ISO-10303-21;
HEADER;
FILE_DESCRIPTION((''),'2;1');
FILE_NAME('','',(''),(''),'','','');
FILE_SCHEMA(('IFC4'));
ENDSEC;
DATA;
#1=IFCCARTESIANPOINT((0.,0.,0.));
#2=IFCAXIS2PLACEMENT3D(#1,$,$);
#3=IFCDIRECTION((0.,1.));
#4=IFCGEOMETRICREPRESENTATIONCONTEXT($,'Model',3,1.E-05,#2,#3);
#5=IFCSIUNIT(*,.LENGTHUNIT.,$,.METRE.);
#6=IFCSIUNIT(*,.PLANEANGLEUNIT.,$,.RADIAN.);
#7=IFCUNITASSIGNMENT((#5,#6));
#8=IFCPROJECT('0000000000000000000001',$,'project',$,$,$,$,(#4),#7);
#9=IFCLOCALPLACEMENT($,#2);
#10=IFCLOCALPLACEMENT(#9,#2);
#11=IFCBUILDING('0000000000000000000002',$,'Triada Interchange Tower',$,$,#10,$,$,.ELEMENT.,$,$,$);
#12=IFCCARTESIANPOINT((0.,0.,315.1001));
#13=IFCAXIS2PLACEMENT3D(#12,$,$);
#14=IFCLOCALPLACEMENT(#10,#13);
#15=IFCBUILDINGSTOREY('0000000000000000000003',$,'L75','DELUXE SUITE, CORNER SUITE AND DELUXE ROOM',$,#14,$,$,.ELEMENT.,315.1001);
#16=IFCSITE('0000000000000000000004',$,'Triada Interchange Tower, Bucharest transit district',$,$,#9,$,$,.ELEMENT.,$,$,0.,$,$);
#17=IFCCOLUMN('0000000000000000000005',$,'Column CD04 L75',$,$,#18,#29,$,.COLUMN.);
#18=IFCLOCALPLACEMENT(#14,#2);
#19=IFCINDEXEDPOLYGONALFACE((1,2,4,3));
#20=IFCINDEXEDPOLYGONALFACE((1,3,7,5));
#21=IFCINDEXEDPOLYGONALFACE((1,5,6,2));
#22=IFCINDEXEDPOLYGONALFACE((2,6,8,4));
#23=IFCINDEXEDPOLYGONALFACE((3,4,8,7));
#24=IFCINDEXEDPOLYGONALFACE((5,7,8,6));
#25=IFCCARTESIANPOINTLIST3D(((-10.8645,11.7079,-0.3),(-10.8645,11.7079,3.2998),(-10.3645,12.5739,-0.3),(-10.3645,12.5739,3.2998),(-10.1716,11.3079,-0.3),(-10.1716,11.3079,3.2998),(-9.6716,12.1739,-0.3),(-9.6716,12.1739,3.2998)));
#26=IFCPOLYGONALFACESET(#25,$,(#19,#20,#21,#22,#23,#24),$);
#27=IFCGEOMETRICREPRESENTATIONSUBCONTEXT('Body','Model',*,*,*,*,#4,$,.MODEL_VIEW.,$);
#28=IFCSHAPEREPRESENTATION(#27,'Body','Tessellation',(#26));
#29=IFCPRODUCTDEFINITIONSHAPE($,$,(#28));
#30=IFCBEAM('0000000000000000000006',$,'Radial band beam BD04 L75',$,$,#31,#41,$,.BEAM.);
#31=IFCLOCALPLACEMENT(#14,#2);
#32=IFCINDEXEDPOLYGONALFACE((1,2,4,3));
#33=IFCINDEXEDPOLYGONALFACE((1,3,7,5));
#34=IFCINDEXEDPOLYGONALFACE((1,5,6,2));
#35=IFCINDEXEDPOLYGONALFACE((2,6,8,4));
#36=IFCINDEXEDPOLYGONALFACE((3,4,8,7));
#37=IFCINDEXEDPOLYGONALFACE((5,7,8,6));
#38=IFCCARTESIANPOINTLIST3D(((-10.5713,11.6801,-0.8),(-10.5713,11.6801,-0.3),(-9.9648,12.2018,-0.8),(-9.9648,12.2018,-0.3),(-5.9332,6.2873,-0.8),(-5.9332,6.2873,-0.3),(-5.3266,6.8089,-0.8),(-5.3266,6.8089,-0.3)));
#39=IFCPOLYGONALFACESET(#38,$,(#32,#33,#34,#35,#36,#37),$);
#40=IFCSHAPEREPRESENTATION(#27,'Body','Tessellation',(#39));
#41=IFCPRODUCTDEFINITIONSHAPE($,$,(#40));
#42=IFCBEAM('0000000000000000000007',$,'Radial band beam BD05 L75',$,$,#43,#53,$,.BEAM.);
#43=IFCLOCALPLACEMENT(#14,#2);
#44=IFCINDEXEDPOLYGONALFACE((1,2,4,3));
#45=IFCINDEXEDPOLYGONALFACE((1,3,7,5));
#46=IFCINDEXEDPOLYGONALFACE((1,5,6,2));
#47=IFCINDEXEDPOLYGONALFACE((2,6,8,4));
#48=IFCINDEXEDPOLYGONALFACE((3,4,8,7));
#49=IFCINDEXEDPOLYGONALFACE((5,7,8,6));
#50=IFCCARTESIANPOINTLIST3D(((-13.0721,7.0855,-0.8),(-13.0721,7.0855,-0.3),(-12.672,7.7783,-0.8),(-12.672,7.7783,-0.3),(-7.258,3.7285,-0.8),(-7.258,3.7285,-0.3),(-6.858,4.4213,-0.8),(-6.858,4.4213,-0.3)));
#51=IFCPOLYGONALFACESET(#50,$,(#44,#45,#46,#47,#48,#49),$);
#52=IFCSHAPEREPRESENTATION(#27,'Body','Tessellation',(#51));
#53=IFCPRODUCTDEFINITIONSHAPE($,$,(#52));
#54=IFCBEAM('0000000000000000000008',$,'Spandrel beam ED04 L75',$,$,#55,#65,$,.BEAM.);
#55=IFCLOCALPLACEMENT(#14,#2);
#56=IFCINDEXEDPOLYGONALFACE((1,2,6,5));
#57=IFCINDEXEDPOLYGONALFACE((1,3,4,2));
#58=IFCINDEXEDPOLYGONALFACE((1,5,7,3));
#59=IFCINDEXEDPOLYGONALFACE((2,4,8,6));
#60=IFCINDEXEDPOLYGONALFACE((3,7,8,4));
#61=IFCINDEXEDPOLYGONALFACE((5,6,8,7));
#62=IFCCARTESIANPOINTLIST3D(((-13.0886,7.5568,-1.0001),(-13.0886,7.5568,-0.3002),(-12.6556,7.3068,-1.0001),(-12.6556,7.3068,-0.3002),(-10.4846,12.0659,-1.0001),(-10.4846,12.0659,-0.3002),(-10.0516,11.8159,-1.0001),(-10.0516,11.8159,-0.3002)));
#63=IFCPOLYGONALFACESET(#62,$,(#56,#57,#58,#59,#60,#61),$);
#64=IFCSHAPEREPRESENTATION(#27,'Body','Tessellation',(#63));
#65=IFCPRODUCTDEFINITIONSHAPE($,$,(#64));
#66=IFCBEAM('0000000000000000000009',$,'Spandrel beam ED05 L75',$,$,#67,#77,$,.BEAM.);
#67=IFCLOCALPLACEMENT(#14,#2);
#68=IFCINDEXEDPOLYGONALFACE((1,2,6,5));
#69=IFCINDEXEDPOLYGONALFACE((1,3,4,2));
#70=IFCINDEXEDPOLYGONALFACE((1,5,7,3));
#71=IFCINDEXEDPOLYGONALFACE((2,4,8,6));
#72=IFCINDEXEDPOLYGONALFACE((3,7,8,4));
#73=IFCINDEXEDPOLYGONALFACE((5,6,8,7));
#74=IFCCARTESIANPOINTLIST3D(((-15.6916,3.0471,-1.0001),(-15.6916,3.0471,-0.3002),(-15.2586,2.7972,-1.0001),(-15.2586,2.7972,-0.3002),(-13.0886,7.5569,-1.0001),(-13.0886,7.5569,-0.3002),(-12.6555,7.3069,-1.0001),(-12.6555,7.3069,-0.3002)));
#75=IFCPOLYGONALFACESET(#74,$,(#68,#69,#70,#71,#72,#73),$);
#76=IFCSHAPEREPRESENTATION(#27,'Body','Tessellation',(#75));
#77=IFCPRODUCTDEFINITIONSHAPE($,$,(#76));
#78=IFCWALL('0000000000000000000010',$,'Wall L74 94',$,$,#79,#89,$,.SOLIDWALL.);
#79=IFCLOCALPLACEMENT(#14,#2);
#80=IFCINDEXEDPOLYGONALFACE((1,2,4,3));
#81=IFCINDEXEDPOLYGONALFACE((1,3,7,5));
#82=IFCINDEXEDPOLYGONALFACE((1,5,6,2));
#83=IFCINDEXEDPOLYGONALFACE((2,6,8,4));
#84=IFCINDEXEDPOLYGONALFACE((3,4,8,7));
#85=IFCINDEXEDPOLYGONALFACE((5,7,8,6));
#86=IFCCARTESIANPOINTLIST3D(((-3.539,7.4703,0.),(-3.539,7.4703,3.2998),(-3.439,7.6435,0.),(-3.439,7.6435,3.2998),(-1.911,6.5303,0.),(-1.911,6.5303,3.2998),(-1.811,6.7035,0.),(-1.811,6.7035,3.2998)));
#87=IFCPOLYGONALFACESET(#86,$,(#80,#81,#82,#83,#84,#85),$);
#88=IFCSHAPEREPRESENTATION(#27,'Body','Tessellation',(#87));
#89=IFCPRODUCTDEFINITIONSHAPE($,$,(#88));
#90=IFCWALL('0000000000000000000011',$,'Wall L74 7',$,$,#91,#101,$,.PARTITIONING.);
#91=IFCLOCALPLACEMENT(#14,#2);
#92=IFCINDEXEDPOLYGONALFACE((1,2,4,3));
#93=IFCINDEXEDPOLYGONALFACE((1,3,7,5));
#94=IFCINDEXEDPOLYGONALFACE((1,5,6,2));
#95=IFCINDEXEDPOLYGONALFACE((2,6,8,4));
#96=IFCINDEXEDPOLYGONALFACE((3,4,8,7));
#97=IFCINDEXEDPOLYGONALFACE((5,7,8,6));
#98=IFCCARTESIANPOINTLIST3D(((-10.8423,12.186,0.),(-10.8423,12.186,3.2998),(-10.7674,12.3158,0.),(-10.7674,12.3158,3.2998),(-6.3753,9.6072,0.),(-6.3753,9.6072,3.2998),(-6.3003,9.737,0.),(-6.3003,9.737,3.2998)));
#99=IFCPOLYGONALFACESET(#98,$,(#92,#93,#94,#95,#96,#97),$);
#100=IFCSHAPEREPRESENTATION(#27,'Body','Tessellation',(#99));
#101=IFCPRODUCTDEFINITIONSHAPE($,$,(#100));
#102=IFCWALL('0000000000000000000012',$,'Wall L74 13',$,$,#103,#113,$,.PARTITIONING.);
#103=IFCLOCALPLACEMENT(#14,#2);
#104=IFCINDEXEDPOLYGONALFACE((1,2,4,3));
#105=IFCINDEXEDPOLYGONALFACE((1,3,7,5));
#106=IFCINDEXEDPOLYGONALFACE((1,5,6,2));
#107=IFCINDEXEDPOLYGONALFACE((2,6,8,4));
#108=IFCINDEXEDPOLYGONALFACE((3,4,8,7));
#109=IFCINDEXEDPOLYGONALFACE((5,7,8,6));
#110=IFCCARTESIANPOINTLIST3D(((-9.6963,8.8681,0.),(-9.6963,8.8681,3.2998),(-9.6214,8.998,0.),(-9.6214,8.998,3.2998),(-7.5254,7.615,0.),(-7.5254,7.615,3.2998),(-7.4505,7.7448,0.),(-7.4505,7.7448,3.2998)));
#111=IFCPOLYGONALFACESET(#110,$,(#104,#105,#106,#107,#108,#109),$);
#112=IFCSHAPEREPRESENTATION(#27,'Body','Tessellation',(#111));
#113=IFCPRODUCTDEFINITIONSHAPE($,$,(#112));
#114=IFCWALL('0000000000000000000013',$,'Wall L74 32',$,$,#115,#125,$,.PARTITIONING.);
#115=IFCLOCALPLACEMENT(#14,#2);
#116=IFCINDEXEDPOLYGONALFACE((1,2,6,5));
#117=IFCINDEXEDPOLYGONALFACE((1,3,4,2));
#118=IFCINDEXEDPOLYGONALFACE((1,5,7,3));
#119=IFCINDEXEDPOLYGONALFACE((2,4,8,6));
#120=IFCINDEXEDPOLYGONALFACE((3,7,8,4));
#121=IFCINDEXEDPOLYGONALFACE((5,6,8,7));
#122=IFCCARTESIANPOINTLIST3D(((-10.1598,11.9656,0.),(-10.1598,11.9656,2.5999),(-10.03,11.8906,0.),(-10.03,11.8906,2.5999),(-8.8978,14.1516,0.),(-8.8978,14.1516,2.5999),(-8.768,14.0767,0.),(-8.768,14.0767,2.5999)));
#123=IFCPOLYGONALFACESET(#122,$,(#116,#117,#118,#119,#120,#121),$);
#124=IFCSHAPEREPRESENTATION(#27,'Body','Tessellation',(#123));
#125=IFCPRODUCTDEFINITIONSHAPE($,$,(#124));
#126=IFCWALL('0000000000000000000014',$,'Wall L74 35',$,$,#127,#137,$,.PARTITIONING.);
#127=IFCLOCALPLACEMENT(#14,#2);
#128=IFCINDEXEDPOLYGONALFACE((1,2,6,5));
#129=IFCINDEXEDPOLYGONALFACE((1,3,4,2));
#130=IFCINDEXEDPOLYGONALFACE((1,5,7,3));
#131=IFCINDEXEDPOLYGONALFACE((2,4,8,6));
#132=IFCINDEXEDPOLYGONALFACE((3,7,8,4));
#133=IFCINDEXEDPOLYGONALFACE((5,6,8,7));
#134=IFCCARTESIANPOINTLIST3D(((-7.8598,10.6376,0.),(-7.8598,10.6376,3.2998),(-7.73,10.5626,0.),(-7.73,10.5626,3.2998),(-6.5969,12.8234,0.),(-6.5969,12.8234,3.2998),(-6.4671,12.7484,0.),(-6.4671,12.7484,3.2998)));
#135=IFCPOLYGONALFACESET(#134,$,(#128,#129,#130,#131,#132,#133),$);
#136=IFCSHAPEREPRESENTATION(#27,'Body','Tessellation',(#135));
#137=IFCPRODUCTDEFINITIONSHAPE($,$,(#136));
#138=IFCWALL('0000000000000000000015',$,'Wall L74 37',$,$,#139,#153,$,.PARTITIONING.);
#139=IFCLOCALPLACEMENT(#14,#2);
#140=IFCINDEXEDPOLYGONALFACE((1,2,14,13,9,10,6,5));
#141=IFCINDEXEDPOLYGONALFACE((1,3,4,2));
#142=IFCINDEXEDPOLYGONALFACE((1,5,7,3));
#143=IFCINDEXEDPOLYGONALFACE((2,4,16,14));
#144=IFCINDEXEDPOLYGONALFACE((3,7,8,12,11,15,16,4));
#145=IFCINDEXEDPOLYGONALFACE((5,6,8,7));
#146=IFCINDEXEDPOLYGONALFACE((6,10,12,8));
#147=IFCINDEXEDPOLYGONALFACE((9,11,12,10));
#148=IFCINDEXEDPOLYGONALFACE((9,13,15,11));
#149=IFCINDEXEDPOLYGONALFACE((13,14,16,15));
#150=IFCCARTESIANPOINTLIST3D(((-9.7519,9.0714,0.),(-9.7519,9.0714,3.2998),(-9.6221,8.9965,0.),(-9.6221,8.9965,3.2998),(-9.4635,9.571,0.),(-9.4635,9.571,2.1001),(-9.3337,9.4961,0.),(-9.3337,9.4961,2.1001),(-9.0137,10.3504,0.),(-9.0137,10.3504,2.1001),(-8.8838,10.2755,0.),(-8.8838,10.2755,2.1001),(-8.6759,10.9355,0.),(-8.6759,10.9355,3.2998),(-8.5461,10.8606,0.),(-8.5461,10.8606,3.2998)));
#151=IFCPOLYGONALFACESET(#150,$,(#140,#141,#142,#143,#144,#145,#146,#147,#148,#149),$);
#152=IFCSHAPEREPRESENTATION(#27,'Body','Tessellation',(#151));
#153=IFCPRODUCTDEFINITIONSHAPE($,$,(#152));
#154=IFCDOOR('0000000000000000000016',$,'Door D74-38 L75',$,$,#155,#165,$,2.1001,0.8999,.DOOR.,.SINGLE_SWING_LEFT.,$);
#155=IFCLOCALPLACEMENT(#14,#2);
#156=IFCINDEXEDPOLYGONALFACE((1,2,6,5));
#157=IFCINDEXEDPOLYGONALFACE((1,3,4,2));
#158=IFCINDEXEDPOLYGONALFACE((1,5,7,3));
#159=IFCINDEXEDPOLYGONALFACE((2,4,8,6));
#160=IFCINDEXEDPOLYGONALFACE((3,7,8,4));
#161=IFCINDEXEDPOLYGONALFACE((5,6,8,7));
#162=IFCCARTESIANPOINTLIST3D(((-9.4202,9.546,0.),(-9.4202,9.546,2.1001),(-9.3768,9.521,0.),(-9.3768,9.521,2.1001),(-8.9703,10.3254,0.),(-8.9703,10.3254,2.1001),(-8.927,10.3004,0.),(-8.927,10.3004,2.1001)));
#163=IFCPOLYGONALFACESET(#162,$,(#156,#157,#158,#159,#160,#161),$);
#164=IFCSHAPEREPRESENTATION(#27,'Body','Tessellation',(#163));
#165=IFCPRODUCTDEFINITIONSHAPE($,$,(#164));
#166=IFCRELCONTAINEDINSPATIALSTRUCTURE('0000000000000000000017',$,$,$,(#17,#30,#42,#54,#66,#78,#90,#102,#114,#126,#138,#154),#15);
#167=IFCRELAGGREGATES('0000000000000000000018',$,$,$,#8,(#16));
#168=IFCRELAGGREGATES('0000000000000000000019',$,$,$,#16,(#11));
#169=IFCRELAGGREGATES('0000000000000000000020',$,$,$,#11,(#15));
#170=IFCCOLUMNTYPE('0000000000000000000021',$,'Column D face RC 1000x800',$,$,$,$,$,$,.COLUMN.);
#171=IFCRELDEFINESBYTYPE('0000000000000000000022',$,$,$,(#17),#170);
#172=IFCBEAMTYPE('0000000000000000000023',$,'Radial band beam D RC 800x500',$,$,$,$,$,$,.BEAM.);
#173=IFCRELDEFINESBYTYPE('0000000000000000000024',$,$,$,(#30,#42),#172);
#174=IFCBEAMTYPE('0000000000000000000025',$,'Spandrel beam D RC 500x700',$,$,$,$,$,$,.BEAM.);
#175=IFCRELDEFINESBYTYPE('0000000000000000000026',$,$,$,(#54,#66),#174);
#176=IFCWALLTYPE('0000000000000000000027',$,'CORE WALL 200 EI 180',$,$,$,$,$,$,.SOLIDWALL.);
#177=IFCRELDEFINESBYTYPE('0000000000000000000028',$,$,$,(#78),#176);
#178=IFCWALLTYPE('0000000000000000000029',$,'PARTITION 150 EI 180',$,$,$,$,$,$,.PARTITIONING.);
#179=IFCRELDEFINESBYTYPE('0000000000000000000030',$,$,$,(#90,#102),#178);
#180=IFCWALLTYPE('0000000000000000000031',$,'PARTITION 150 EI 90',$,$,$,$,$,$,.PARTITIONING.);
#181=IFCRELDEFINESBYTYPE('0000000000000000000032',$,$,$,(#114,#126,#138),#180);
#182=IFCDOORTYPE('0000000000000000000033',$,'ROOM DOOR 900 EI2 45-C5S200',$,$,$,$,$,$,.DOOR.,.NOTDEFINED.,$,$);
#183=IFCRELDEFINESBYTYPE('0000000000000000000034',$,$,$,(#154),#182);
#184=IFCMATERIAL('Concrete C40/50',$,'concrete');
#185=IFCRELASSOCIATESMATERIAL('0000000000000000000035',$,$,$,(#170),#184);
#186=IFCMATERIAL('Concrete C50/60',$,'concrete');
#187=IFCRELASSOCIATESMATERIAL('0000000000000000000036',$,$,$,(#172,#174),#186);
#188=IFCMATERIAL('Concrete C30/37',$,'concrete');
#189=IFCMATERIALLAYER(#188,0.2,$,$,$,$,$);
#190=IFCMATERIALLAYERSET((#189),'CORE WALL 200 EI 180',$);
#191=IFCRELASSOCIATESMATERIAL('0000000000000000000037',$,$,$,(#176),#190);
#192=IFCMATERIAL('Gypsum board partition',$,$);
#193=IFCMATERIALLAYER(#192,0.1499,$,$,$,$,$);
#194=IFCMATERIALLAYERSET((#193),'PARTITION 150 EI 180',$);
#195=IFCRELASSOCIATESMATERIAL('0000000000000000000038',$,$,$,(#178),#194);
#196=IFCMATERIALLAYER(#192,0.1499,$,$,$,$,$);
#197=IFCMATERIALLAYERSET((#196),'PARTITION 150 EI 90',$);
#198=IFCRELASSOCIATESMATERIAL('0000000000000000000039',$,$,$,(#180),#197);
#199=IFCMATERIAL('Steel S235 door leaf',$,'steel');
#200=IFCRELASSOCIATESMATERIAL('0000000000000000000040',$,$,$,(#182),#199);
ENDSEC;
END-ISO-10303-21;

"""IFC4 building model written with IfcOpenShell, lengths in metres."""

from ifc_helpers import new_model, si_unit, direction, frame, frame_2d, origin, origin_2d, place, context, subcontext, project, spatial, rectangle, extrude, material, layer, layer_set, material_profile, profile_set, type_object, element, fill, save


model = new_model("IFC4")

# Units and contexts
model_context = context("Model", 3, precision=1e-05, world=origin(), true_north=direction((0.0, 1.0)))
body_context = subcontext(model_context, "Body", "Model", "MODEL_VIEW")
ifc_project = project(units=[si_unit("LENGTHUNIT", "METRE"), si_unit("PLANEANGLEUNIT", "RADIAN")], contexts=[model_context])

# Site, building, storey
site_placement = place(None, origin())
site = spatial("IfcSite", under=ifc_project, at=site_placement, Name="Triada Interchange Tower, Bucharest transit district", CompositionType="ELEMENT", RefElevation=0.0)
building_placement = place(site_placement, origin())
building = spatial("IfcBuilding", under=site, at=building_placement, Name="Triada Interchange Tower", CompositionType="ELEMENT")
storey_placement = place(building_placement, frame((0.0, 0.0, 315.1001)))
storey = spatial("IfcBuildingStorey", under=building, at=storey_placement, Name="L75", Description="DELUXE SUITE, CORNER SUITE AND DELUXE ROOM", CompositionType="ELEMENT", Elevation=315.1001)

# Column
ifc_material_1 = material(Name="Concrete C40/50", Category="concrete")
ifc_material_profile_1 = material_profile(ifc_material_1, rectangle(XDim=1.0, YDim=0.8, at=origin_2d()), Name="RC 1000x800")
ifc_profile_set_1 = profile_set([ifc_material_profile_1], Name="Concrete C40/50")
column_type = type_object("IfcColumnType", Name="Column D face RC 1000x800", PredefinedType="COLUMN", material=ifc_profile_set_1)
column_placement = place(storey_placement, frame((-10.2681, 11.9409, -0.3), z_axis=(0.0, 0.0, 1.0), x_axis=(0.5, 0.866025, 0.0)))
element("IfcColumn", 1, at=column_placement, inside=storey, type_object=column_type, Name="Column CD04 L75", PredefinedType="COLUMN", context=body_context, shape_type="SweptSolid", body=[
    extrude(rectangle(XDim=1.0, YDim=0.8, at=origin_2d()), origin(), (0.0, 0.0, 1.0), 3.5999),
])

# Beams
ifc_material_2 = material(Name="Concrete C50/60", Category="concrete")
ifc_material_profile_2 = material_profile(ifc_material_2, rectangle(XDim=0.8, YDim=0.5, at=origin_2d()), Name="RC 800x500")
ifc_profile_set_2 = profile_set([ifc_material_profile_2], Name="Concrete C50/60")
beam_type_1 = type_object("IfcBeamType", Name="Radial band beam D RC 800x500", PredefinedType="BEAM", material=ifc_profile_set_2)
beam_1_placement = place(storey_placement, frame((-10.2681, 11.9409, -0.55), z_axis=(0.652068, -0.75816, 0.0), x_axis=(0.75816, 0.652068, 0.0)))
element("IfcBeam", 2, at=beam_1_placement, inside=storey, type_object=beam_type_1, Name="Radial band beam BD04 L75", PredefinedType="BEAM", context=body_context, shape_type="SweptSolid", body=[
    extrude(rectangle(XDim=0.8, YDim=0.5, at=origin_2d()), origin(), (0.0, 0.0, 1.0), 7.113),
])
beam_2_placement = place(storey_placement, frame((-12.8721, 7.4319, -0.55), z_axis=(0.86601, -0.500027, 0.0), x_axis=(0.500027, 0.86601, 0.0)))
element("IfcBeam", 3, at=beam_2_placement, inside=storey, type_object=beam_type_1, Name="Radial band beam BD05 L75", PredefinedType="BEAM", context=body_context, shape_type="SweptSolid", body=[
    extrude(rectangle(XDim=0.8, YDim=0.5, at=origin_2d()), origin(), (0.0, 0.0, 1.0), 6.7136),
])
ifc_material_profile_3 = material_profile(ifc_material_2, rectangle(XDim=0.5, YDim=0.7, at=origin_2d()), Name="RC 500x700")
ifc_profile_set_3 = profile_set([ifc_material_profile_3], Name="Concrete C50/60")
beam_type_2 = type_object("IfcBeamType", Name="Spandrel beam D RC 500x700", PredefinedType="BEAM", material=ifc_profile_set_3)
for number, where, z_axis, x_axis, name in (
    (4, (-10.2681, 11.9409, -0.6501), (-0.500103, -0.865966, 0.0), (0.865966, -0.500103, 0.0), "Spandrel beam ED04 L75"),
    (5, (-12.8721, 7.4319, -0.6501), (-0.499901, -0.866083, 0.0), (0.866083, -0.499901, 0.0), "Spandrel beam ED05 L75"),
):
    element("IfcBeam", number, at=place(storey_placement, frame(where, z_axis=z_axis, x_axis=x_axis)), inside=storey, type_object=beam_type_2, Name=name, PredefinedType="BEAM", context=body_context, shape_type="SweptSolid", body=[
        extrude(rectangle(XDim=0.5, YDim=0.7, at=origin_2d()), origin(), (0.0, 0.0, 1.0), 5.207),
    ])

# Wall
ifc_material_3 = material(Name="Concrete C30/37", Category="concrete")
ifc_layer_1 = layer(ifc_material_3, 0.2)
ifc_layer_set_1 = layer_set([ifc_layer_1], Name="CORE WALL 200 EI 180")
wall_type_1 = type_object("IfcWallType", Name="CORE WALL 200 EI 180", PredefinedType="SOLIDWALL", material=ifc_layer_set_1)
wall_1_placement = place(storey_placement, frame((-3.489, 7.5569, 0.0), z_axis=(0.0, 0.0, 1.0), x_axis=(0.866013, -0.500022, 0.0)))
element("IfcWall", 6, at=wall_1_placement, inside=storey, type_object=wall_type_1, Name="Wall L74 94", PredefinedType="SOLIDWALL", context=body_context, shape_type="SweptSolid", body=[
    extrude(rectangle(XDim=1.8799, YDim=0.2, at=frame_2d((0.9399, 0.0))), origin(), (0.0, 0.0, 1.0), 3.2998),
])

# Shared definitions
ifc_material_4 = material(Name="Steel S235 door leaf", Category="steel")

# Walls
ifc_material_5 = material(Name="Gypsum board partition")
ifc_layer_2 = layer(ifc_material_5, 0.1499)
ifc_layer_set_2 = layer_set([ifc_layer_2], Name="PARTITION 150 EI 180")
wall_type_2 = type_object("IfcWallType", Name="PARTITION 150 EI 180", PredefinedType="PARTITIONING", material=ifc_layer_set_2)
wall_2_placement = place(storey_placement, frame((-10.8049, 12.251, 0.0), z_axis=(0.0, 0.0, 1.0), x_axis=(0.866041, -0.499972, 0.0)))
element("IfcWall", 7, at=wall_2_placement, inside=storey, type_object=wall_type_2, Name="Wall L74 7", PredefinedType="PARTITIONING", context=body_context, shape_type="SweptSolid", body=[
    extrude(rectangle(XDim=5.158, YDim=0.1499, at=frame_2d((2.5791, 0.0))), origin(), (0.0, 0.0, 1.0), 3.2998),
])
wall_3_placement = place(storey_placement, frame((-9.6589, 8.9331, 0.0), z_axis=(0.0, 0.0, 1.0), x_axis=(0.866059, -0.499942, 0.0)))
element("IfcWall", 8, at=wall_3_placement, inside=storey, type_object=wall_type_2, Name="Wall L74 13", PredefinedType="PARTITIONING", context=body_context, shape_type="SweptSolid", body=[
    extrude(rectangle(XDim=2.5066, YDim=0.1499, at=frame_2d((1.2534, 0.0))), origin(), (0.0, 0.0, 1.0), 3.2998),
])
ifc_layer_3 = layer(ifc_material_5, 0.1499)
ifc_layer_set_3 = layer_set([ifc_layer_3], Name="PARTITION 150 EI 90")
wall_type_3 = type_object("IfcWallType", Name="PARTITION 150 EI 90", PredefinedType="PARTITIONING", material=ifc_layer_set_3)
wall_4_placement = place(storey_placement, frame((-10.095, 11.928, 0.0), z_axis=(0.0, 0.0, 1.0), x_axis=(0.499957, 0.86605, 0.0)))
element("IfcWall", 9, at=wall_4_placement, inside=storey, type_object=wall_type_3, Name="Wall L74 32", PredefinedType="PARTITIONING", context=body_context, shape_type="SweptSolid", body=[
    extrude(rectangle(XDim=2.5242, YDim=0.1499, at=frame_2d((1.2622, 0.0))), origin(), (0.0, 0.0, 1.0), 2.5999),
])
wall_5_placement = place(storey_placement, frame((-7.7949, 10.6001, 0.0), z_axis=(0.0, 0.0, 1.0), x_axis=(0.500289, 0.865859, 0.0)))
element("IfcWall", 10, at=wall_5_placement, inside=storey, type_object=wall_type_3, Name="Wall L74 35", PredefinedType="PARTITIONING", context=body_context, shape_type="SweptSolid", body=[
    extrude(rectangle(XDim=2.5244, YDim=0.1499, at=frame_2d((1.2622, 0.0))), origin(), (0.0, 0.0, 1.0), 3.2998),
])

# Wall, opening, door
wall_6_placement = place(storey_placement, frame((-9.687, 9.0339, 0.0), z_axis=(0.0, 0.0, 1.0), x_axis=(0.499909, 0.866078, 0.0)))
wall_6 = element("IfcWall", 11, at=wall_6_placement, inside=storey, type_object=wall_type_3, Name="Wall L74 37", PredefinedType="PARTITIONING", context=body_context, shape_type="SweptSolid", body=[
    extrude(rectangle(XDim=2.1523, YDim=0.1499, at=frame_2d((1.0762, 0.0))), origin(), (0.0, 0.0, 1.0), 3.2998),
])
opening_1_placement = place(wall_6_placement, frame((0.5769, 0.0, 0.0)))
opening_1 = element("IfcOpeningElement", 12, at=opening_1_placement, cuts=wall_6, PredefinedType="OPENING", context=body_context, shape_type="SweptSolid", body=[
    extrude(rectangle(XDim=0.8999, YDim=2.1001, at=frame_2d((0.45, 1.05))), frame((0.0, 0.085, 0.0), z_axis=(0.0, -1.0, 0.0), x_axis=(1.0, 0.0, 0.0)), (0.0, 0.0, 1.0), 0.1699),
])
door_type_1 = type_object("IfcDoorType", Name="ROOM DOOR 900 EI2 45-C5S200", OperationType="NOTDEFINED", PredefinedType="DOOR", material=ifc_material_4)
door_1_placement = place(opening_1_placement, origin())
door_1 = element("IfcDoor", 13, at=door_1_placement, inside=storey, type_object=door_type_1, Name="Door D74-38 L75", OperationType="SINGLE_SWING_LEFT", OverallHeight=2.1001, OverallWidth=0.8999, PredefinedType="DOOR", context=body_context, shape_type="SweptSolid", body=[
    extrude(rectangle(XDim=0.8999, YDim=2.1001, at=frame_2d((0.45, 1.05))), frame((0.0, 0.0249, 0.0), z_axis=(0.0, -1.0, 0.0), x_axis=(1.0, 0.0, 0.0)), (0.0, 0.0, 1.0), 0.05),
])
fill(opening_1, door_1)

save(model, "model.ifc")
